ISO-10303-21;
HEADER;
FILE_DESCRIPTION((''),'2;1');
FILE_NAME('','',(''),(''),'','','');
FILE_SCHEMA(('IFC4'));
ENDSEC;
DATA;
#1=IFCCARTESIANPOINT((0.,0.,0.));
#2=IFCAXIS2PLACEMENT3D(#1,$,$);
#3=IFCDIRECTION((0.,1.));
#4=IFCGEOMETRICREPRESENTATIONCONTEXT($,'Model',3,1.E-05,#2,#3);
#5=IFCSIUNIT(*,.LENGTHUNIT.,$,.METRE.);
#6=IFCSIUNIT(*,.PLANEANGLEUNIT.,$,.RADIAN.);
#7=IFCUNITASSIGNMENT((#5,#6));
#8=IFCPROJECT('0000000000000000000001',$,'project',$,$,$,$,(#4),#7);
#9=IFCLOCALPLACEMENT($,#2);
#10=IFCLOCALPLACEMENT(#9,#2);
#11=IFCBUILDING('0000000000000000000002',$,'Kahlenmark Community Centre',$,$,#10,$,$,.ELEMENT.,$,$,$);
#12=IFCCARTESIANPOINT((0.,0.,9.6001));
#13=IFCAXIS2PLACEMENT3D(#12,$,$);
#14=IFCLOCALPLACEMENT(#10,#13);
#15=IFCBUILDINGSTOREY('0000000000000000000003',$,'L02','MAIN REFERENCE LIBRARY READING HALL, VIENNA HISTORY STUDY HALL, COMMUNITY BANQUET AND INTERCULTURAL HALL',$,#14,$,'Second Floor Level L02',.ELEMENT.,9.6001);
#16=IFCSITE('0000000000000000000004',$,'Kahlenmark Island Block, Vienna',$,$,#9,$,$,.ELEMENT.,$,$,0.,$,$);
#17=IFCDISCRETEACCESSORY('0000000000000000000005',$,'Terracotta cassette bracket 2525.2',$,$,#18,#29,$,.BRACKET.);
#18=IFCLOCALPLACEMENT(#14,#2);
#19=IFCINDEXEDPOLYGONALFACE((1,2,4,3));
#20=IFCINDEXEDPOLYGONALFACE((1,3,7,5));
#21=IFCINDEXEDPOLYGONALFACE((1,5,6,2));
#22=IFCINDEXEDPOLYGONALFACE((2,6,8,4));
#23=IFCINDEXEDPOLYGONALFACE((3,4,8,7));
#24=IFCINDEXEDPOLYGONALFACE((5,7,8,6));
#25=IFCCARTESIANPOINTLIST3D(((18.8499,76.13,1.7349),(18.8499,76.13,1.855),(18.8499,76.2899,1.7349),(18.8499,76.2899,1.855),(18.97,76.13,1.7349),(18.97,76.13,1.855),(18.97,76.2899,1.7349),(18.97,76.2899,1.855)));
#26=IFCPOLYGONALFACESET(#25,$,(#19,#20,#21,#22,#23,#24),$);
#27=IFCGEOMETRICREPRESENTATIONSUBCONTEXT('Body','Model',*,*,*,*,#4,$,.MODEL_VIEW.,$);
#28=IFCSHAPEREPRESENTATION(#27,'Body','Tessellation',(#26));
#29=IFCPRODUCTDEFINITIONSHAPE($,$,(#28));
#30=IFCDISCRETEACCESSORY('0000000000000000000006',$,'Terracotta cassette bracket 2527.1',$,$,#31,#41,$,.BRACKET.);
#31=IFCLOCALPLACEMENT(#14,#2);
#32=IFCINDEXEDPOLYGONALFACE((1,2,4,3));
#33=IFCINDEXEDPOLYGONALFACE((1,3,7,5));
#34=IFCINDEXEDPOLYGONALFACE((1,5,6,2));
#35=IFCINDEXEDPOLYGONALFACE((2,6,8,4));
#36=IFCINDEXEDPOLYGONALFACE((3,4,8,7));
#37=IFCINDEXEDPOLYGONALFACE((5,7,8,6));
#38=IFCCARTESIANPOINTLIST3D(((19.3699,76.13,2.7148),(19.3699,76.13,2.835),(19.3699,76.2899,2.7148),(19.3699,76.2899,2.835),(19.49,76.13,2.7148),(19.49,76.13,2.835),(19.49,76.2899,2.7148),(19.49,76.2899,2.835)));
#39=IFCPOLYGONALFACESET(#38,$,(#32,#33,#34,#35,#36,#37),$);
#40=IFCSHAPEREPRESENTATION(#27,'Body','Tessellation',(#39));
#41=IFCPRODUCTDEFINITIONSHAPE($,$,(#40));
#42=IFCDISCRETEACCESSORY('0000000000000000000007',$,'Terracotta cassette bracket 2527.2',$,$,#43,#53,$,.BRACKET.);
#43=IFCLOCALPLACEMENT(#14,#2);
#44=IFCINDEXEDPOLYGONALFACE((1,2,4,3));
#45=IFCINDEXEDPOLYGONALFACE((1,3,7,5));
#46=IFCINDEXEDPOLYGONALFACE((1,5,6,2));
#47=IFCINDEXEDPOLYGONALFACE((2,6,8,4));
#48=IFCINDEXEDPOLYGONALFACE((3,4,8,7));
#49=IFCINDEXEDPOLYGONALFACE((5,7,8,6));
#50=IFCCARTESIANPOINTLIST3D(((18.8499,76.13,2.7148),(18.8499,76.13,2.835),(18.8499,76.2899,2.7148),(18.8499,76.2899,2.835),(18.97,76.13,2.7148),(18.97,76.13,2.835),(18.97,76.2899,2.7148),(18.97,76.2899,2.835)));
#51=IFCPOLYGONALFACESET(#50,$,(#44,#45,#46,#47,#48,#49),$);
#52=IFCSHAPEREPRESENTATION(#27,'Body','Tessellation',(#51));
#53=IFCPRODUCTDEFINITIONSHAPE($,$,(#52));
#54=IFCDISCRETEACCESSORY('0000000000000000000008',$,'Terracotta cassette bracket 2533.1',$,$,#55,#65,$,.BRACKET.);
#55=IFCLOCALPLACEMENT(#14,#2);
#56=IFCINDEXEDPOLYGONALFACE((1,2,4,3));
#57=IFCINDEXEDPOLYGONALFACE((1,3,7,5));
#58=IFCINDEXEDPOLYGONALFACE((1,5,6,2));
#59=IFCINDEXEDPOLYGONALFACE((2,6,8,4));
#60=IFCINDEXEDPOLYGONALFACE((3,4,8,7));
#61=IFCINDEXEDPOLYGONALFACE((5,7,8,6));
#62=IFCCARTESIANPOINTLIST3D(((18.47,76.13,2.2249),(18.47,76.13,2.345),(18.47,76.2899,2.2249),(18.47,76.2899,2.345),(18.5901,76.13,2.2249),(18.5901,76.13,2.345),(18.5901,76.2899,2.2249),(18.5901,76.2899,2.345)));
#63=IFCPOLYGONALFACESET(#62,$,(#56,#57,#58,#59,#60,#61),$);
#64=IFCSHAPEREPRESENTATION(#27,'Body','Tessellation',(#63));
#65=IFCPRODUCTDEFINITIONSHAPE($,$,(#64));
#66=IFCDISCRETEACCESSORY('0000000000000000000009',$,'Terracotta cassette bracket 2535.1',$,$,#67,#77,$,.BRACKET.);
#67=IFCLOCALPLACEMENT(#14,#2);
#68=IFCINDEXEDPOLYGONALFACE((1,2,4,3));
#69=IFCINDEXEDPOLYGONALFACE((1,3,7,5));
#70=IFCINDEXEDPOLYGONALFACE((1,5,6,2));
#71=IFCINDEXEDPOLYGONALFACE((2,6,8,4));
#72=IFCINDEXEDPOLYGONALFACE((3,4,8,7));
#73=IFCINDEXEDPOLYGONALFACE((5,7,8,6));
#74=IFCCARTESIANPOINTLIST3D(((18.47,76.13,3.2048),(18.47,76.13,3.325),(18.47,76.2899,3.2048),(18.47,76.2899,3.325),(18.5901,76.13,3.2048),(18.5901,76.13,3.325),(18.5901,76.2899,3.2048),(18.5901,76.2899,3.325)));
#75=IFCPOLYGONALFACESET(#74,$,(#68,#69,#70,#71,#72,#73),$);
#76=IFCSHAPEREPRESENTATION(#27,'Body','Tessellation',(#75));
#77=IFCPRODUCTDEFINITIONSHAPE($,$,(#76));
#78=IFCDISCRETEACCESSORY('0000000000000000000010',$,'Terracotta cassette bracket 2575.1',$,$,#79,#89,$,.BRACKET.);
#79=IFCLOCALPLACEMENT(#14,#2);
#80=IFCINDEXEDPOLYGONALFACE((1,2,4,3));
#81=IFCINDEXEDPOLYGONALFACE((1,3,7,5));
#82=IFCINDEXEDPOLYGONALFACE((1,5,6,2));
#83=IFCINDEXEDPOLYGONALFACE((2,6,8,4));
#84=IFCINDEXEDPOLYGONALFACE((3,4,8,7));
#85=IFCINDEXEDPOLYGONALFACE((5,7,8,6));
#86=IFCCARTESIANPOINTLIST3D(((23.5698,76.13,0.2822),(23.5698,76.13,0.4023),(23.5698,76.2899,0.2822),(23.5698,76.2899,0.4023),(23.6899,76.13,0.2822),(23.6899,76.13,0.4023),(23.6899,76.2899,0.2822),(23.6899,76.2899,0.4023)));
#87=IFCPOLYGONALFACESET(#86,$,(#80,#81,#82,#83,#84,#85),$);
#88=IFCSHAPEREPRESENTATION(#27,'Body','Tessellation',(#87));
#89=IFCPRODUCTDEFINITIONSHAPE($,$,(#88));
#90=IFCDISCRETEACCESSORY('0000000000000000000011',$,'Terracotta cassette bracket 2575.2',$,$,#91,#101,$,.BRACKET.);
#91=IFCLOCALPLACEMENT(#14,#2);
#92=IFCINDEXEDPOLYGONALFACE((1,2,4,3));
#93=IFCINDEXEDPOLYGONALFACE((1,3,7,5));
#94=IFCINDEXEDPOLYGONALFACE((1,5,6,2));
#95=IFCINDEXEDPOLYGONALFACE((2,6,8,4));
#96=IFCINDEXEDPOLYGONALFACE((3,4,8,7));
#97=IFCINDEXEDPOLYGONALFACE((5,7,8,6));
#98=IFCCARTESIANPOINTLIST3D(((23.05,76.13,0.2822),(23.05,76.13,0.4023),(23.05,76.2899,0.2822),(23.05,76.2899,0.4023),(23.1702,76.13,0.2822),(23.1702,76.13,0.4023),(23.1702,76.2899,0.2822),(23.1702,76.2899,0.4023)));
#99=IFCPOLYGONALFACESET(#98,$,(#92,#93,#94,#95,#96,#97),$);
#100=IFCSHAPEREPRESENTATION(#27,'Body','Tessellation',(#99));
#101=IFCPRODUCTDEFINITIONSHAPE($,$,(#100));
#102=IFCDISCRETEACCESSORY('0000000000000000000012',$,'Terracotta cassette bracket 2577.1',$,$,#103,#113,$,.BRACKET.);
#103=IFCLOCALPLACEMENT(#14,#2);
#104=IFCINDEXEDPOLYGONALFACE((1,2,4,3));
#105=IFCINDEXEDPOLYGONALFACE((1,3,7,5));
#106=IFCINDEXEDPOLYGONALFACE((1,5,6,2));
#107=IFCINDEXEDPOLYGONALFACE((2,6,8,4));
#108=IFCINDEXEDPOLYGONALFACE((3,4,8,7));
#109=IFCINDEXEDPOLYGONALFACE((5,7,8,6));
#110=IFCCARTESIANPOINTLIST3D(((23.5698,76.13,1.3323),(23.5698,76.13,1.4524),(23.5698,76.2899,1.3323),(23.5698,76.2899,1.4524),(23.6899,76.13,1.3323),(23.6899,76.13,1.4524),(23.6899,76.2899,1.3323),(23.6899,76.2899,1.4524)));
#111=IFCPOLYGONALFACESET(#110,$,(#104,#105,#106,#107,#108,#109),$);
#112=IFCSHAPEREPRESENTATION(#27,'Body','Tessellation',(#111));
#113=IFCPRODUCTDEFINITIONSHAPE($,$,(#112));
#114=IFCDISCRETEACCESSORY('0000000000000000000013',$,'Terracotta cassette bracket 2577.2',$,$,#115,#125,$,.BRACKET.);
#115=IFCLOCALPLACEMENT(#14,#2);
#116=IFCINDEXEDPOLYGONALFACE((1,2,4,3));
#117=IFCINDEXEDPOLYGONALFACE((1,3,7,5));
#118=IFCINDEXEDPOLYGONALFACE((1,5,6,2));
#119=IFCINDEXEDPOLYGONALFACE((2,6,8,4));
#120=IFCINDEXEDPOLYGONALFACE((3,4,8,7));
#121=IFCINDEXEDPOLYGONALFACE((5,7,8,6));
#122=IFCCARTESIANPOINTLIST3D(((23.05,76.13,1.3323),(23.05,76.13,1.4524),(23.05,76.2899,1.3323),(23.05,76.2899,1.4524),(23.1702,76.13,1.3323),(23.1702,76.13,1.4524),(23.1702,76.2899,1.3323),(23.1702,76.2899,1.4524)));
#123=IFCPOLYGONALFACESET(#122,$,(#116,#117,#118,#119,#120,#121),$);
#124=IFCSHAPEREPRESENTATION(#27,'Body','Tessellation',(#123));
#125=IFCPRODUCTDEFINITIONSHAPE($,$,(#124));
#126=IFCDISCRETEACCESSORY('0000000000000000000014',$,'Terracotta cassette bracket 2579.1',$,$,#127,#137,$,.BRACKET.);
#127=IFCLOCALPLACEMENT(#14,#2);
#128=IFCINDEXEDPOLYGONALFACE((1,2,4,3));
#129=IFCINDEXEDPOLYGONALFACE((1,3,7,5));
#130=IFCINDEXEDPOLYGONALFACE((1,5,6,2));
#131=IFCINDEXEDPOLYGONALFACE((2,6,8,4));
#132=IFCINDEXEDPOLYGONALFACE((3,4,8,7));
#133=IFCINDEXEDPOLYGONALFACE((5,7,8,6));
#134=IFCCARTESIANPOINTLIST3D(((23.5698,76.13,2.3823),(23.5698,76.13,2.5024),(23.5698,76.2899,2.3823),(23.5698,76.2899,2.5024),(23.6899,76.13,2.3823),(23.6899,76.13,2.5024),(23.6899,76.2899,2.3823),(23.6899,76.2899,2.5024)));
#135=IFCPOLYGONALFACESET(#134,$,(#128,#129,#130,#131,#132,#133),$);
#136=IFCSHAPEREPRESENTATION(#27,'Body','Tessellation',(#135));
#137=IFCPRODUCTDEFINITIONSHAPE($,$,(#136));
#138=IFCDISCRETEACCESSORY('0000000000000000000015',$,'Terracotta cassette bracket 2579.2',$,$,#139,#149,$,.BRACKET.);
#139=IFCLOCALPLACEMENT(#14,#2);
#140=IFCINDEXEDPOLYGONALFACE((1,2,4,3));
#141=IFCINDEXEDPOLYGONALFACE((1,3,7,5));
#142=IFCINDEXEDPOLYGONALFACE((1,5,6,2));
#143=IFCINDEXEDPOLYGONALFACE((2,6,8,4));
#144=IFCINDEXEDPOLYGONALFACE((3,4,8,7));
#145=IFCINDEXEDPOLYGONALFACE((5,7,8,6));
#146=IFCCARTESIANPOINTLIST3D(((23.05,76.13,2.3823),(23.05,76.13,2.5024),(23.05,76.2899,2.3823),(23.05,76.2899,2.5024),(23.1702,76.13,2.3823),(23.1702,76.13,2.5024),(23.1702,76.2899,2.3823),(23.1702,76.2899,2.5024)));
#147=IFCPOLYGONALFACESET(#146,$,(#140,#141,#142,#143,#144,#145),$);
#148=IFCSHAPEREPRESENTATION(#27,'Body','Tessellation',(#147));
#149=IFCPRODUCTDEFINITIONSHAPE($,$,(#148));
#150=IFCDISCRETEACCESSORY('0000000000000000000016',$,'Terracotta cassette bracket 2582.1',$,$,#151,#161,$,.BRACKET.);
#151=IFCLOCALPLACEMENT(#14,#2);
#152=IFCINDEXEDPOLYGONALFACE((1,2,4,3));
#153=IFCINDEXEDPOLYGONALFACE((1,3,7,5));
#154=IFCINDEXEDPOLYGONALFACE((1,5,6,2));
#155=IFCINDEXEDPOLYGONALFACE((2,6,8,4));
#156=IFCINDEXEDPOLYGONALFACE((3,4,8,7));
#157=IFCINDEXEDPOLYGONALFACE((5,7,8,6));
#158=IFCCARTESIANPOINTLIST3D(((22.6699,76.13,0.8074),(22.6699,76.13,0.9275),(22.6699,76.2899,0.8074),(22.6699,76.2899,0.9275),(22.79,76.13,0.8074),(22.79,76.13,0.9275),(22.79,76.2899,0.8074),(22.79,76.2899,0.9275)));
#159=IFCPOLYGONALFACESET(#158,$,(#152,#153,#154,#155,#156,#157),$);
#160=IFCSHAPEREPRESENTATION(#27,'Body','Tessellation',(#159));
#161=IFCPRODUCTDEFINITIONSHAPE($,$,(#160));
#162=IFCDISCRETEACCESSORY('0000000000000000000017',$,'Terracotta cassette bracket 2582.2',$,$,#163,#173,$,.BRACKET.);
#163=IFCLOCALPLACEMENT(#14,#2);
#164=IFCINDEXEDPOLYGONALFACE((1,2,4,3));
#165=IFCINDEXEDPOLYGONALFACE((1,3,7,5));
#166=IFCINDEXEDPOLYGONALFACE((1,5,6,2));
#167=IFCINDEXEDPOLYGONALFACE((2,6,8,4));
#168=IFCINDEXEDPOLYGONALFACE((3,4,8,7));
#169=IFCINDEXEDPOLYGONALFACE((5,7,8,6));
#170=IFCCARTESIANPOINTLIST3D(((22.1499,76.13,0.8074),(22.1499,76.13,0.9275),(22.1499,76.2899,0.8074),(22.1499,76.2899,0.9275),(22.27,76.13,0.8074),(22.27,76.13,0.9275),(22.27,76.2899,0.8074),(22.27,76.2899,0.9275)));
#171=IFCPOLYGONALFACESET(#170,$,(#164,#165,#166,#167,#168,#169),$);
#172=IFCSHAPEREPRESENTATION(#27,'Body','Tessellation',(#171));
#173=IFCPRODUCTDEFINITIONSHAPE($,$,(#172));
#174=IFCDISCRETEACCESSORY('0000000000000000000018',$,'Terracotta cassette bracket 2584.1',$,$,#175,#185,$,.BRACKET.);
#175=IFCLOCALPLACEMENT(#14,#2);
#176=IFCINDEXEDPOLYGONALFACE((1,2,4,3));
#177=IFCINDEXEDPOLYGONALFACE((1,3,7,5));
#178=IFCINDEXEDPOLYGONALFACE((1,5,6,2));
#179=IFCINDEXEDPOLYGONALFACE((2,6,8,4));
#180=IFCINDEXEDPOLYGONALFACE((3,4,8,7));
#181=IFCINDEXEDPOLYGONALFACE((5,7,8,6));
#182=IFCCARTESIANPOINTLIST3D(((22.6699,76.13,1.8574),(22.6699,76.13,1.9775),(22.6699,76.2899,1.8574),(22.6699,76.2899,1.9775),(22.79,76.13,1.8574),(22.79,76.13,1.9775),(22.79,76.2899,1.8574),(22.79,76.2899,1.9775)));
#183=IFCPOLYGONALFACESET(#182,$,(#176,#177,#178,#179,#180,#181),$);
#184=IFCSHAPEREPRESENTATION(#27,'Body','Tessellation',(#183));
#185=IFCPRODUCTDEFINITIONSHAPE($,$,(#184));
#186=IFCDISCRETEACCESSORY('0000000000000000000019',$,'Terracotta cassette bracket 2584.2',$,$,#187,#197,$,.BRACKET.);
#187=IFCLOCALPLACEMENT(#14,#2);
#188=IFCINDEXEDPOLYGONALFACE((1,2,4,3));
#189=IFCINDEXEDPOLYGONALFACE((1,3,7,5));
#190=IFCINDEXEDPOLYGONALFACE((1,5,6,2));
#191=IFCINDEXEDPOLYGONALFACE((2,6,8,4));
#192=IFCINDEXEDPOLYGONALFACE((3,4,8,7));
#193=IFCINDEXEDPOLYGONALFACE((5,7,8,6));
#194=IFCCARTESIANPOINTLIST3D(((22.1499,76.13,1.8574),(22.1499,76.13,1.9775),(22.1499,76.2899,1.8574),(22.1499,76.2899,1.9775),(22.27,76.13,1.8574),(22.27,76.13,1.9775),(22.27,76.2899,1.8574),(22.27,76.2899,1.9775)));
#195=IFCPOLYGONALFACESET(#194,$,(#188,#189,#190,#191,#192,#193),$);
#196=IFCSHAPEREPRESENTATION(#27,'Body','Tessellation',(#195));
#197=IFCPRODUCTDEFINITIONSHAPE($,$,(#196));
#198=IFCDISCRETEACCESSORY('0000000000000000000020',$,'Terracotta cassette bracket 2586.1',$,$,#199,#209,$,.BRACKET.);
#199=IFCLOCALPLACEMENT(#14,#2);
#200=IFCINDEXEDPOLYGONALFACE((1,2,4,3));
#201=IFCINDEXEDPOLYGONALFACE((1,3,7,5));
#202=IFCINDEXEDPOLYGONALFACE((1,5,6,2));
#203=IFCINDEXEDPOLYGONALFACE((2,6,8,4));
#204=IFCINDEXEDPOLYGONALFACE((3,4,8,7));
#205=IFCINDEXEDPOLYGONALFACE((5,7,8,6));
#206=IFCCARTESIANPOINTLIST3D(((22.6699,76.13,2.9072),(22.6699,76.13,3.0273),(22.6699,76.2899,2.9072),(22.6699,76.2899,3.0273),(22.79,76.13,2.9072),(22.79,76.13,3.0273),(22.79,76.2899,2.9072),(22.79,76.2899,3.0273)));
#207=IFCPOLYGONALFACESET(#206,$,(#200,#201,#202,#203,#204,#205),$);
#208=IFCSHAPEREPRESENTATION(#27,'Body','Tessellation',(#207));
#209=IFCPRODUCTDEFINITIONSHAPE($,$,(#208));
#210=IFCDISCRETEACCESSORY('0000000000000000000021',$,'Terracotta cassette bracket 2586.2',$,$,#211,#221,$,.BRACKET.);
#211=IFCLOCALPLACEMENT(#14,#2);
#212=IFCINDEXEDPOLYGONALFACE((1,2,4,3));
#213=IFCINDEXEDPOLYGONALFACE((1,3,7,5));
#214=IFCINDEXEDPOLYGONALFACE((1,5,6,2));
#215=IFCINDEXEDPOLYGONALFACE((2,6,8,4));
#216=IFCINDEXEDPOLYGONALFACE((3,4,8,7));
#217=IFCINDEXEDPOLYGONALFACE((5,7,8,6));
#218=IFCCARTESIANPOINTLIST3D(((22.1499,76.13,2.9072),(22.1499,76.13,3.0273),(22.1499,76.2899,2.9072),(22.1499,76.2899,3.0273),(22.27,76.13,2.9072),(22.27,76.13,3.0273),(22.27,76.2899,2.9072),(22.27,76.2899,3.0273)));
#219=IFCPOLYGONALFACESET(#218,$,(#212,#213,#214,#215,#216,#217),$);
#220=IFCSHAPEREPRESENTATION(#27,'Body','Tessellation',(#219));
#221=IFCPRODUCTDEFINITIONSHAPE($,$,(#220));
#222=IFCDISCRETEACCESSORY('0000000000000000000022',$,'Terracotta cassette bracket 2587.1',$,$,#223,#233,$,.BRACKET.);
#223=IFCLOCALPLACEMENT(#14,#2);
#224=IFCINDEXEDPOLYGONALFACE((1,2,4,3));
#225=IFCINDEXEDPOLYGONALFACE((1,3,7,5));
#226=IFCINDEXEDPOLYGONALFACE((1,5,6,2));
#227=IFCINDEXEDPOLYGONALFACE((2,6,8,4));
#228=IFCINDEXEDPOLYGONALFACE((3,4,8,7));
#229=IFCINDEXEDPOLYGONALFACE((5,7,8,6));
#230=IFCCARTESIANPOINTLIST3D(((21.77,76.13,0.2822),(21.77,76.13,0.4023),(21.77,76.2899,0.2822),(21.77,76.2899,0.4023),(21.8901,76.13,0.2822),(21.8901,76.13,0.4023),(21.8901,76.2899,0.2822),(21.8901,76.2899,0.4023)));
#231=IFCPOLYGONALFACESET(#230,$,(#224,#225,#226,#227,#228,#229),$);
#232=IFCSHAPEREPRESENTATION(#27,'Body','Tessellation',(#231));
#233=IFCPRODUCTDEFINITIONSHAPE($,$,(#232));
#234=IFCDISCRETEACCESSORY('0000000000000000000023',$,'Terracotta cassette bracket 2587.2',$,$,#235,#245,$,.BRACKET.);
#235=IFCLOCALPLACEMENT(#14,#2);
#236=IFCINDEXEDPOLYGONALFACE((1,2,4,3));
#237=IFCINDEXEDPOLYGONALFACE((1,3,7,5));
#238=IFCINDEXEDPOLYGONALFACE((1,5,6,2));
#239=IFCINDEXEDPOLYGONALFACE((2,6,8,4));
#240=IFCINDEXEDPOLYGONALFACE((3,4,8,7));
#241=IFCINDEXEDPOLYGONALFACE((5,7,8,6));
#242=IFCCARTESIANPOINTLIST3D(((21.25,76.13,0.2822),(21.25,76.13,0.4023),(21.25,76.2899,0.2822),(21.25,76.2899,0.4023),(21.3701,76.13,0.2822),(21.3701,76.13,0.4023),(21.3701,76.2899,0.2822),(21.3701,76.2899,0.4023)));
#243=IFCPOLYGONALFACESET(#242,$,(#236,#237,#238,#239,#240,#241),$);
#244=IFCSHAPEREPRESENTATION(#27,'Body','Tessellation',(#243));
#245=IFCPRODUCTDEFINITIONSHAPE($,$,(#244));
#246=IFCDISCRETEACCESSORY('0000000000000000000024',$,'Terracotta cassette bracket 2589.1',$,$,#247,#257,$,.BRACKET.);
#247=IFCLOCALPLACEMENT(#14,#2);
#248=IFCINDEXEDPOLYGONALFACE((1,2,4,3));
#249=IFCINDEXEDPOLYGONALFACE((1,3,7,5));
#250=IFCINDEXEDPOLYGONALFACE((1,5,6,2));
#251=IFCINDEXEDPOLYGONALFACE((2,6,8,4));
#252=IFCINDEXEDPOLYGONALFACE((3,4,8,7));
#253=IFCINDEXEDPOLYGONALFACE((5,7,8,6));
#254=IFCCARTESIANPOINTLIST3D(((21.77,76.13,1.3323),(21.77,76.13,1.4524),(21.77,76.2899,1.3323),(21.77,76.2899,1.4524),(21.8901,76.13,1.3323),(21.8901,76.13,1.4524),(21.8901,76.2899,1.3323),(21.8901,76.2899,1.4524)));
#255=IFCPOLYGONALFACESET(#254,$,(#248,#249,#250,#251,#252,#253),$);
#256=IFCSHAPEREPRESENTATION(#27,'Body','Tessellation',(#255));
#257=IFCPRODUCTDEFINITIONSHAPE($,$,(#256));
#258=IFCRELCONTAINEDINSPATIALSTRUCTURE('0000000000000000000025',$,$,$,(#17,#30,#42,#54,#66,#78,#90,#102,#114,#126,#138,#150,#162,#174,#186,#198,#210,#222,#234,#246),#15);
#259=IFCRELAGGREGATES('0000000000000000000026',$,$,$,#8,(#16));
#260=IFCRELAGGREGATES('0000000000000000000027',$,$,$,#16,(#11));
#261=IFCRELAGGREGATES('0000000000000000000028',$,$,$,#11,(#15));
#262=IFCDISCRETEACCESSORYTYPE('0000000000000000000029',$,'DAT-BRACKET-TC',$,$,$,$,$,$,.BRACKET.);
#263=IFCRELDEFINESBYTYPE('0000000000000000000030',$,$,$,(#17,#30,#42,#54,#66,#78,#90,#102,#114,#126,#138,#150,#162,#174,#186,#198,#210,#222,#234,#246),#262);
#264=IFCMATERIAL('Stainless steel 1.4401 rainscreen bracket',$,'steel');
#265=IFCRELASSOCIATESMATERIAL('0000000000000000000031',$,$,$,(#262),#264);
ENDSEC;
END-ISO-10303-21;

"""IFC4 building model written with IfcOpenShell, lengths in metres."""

from ifc_helpers import new_model, si_unit, direction, frame, origin, origin_2d, place, context, subcontext, project, spatial, rectangle, extrude, material, type_object, element, save


model = new_model("IFC4")

# Units and contexts
model_context = context("Model", 3, precision=1e-05, world=origin(), true_north=direction((0.0, 1.0)))
body_context = subcontext(model_context, "Body", "Model", "MODEL_VIEW")
ifc_project = project(units=[si_unit("LENGTHUNIT", "METRE"), si_unit("PLANEANGLEUNIT", "RADIAN")], contexts=[model_context])

# Site, building, storey
site_placement = place(None, origin())
site = spatial("IfcSite", under=ifc_project, at=site_placement, Name="Kahlenmark Island Block, Vienna", CompositionType="ELEMENT", RefElevation=0.0)
building_placement = place(site_placement, origin())
building = spatial("IfcBuilding", under=site, at=building_placement, Name="Kahlenmark Community Centre", CompositionType="ELEMENT")
storey_placement = place(building_placement, frame((0.0, 0.0, 9.6001)))
storey = spatial("IfcBuildingStorey", under=building, at=storey_placement, Name="L02", Description="MAIN REFERENCE LIBRARY READING HALL, VIENNA HISTORY STUDY HALL, COMMUNITY BANQUET AND INTERCULTURAL HALL", LongName="Second Floor Level L02", CompositionType="ELEMENT", Elevation=9.6001)

# Discrete accessories
ifc_material_1 = material(Name="Stainless steel 1.4401 rainscreen bracket", Category="steel")
discrete_accessory_type = type_object("IfcDiscreteAccessoryType", Name="DAT-BRACKET-TC", PredefinedType="BRACKET", material=ifc_material_1)
for number, where, z_axis, x_axis, name in (
    (1, (18.9099, 76.21, 1.7349), (0.0, 0.0, 1.0), (-1.0, 0.0, 0.0), "Terracotta cassette bracket 2525.2"),
    (2, (19.4299, 76.21, 2.7148), (0.0, 0.0, 1.0), (-1.0, 0.0, 0.0), "Terracotta cassette bracket 2527.1"),
    (3, (18.9099, 76.21, 2.7148), (0.0, 0.0, 1.0), (-1.0, 0.0, 0.0), "Terracotta cassette bracket 2527.2"),
    (4, (18.53, 76.21, 2.2249), (0.0, 0.0, 1.0), (-1.0, 0.0, 0.0), "Terracotta cassette bracket 2533.1"),
    (5, (18.53, 76.21, 3.2048), (0.0, 0.0, 1.0), (-1.0, 0.0, 0.0), "Terracotta cassette bracket 2535.1"),
    (6, (23.6299, 76.21, 0.2822), (0.0, 0.0, 1.0), (-1.0, 0.0, 0.0), "Terracotta cassette bracket 2575.1"),
    (7, (23.1101, 76.21, 0.2822), (0.0, 0.0, 1.0), (-1.0, 0.0, 0.0), "Terracotta cassette bracket 2575.2"),
    (8, (23.6299, 76.21, 1.3323), (0.0, 0.0, 1.0), (-1.0, 0.0, 0.0), "Terracotta cassette bracket 2577.1"),
    (9, (23.1101, 76.21, 1.3323), (0.0, 0.0, 1.0), (-1.0, 0.0, 0.0), "Terracotta cassette bracket 2577.2"),
    (10, (23.6299, 76.21, 2.3823), (0.0, 0.0, 1.0), (-1.0, 0.0, 0.0), "Terracotta cassette bracket 2579.1"),
    (11, (23.1101, 76.21, 2.3823), (0.0, 0.0, 1.0), (-1.0, 0.0, 0.0), "Terracotta cassette bracket 2579.2"),
    (12, (22.73, 76.21, 0.8074), (0.0, 0.0, 1.0), (-1.0, 0.0, 0.0), "Terracotta cassette bracket 2582.1"),
    (13, (22.21, 76.21, 0.8074), (0.0, 0.0, 1.0), (-1.0, 0.0, 0.0), "Terracotta cassette bracket 2582.2"),
    (14, (22.73, 76.21, 1.8574), (0.0, 0.0, 1.0), (-1.0, 0.0, 0.0), "Terracotta cassette bracket 2584.1"),
    (15, (22.21, 76.21, 1.8574), (0.0, 0.0, 1.0), (-1.0, 0.0, 0.0), "Terracotta cassette bracket 2584.2"),
    (16, (22.73, 76.21, 2.9072), (0.0, 0.0, 1.0), (-1.0, 0.0, 0.0), "Terracotta cassette bracket 2586.1"),
    (17, (22.21, 76.21, 2.9072), (0.0, 0.0, 1.0), (-1.0, 0.0, 0.0), "Terracotta cassette bracket 2586.2"),
    (18, (21.8301, 76.21, 0.2822), (0.0, 0.0, 1.0), (-1.0, 0.0, 0.0), "Terracotta cassette bracket 2587.1"),
    (19, (21.3101, 76.21, 0.2822), (0.0, 0.0, 1.0), (-1.0, 0.0, 0.0), "Terracotta cassette bracket 2587.2"),
    (20, (21.8301, 76.21, 1.3323), (0.0, 0.0, 1.0), (-1.0, 0.0, 0.0), "Terracotta cassette bracket 2589.1"),
):
    element("IfcDiscreteAccessory", number, at=place(storey_placement, frame(where, z_axis=z_axis, x_axis=x_axis)), inside=storey, type_object=discrete_accessory_type, Name=name, PredefinedType="BRACKET", context=body_context, shape_type="SweptSolid", body=[
        extrude(rectangle(XDim=0.1201, YDim=0.1599, at=origin_2d()), origin(), (0.0, 0.0, 1.0), 0.1201),
    ])

save(model, "model.ifc")
